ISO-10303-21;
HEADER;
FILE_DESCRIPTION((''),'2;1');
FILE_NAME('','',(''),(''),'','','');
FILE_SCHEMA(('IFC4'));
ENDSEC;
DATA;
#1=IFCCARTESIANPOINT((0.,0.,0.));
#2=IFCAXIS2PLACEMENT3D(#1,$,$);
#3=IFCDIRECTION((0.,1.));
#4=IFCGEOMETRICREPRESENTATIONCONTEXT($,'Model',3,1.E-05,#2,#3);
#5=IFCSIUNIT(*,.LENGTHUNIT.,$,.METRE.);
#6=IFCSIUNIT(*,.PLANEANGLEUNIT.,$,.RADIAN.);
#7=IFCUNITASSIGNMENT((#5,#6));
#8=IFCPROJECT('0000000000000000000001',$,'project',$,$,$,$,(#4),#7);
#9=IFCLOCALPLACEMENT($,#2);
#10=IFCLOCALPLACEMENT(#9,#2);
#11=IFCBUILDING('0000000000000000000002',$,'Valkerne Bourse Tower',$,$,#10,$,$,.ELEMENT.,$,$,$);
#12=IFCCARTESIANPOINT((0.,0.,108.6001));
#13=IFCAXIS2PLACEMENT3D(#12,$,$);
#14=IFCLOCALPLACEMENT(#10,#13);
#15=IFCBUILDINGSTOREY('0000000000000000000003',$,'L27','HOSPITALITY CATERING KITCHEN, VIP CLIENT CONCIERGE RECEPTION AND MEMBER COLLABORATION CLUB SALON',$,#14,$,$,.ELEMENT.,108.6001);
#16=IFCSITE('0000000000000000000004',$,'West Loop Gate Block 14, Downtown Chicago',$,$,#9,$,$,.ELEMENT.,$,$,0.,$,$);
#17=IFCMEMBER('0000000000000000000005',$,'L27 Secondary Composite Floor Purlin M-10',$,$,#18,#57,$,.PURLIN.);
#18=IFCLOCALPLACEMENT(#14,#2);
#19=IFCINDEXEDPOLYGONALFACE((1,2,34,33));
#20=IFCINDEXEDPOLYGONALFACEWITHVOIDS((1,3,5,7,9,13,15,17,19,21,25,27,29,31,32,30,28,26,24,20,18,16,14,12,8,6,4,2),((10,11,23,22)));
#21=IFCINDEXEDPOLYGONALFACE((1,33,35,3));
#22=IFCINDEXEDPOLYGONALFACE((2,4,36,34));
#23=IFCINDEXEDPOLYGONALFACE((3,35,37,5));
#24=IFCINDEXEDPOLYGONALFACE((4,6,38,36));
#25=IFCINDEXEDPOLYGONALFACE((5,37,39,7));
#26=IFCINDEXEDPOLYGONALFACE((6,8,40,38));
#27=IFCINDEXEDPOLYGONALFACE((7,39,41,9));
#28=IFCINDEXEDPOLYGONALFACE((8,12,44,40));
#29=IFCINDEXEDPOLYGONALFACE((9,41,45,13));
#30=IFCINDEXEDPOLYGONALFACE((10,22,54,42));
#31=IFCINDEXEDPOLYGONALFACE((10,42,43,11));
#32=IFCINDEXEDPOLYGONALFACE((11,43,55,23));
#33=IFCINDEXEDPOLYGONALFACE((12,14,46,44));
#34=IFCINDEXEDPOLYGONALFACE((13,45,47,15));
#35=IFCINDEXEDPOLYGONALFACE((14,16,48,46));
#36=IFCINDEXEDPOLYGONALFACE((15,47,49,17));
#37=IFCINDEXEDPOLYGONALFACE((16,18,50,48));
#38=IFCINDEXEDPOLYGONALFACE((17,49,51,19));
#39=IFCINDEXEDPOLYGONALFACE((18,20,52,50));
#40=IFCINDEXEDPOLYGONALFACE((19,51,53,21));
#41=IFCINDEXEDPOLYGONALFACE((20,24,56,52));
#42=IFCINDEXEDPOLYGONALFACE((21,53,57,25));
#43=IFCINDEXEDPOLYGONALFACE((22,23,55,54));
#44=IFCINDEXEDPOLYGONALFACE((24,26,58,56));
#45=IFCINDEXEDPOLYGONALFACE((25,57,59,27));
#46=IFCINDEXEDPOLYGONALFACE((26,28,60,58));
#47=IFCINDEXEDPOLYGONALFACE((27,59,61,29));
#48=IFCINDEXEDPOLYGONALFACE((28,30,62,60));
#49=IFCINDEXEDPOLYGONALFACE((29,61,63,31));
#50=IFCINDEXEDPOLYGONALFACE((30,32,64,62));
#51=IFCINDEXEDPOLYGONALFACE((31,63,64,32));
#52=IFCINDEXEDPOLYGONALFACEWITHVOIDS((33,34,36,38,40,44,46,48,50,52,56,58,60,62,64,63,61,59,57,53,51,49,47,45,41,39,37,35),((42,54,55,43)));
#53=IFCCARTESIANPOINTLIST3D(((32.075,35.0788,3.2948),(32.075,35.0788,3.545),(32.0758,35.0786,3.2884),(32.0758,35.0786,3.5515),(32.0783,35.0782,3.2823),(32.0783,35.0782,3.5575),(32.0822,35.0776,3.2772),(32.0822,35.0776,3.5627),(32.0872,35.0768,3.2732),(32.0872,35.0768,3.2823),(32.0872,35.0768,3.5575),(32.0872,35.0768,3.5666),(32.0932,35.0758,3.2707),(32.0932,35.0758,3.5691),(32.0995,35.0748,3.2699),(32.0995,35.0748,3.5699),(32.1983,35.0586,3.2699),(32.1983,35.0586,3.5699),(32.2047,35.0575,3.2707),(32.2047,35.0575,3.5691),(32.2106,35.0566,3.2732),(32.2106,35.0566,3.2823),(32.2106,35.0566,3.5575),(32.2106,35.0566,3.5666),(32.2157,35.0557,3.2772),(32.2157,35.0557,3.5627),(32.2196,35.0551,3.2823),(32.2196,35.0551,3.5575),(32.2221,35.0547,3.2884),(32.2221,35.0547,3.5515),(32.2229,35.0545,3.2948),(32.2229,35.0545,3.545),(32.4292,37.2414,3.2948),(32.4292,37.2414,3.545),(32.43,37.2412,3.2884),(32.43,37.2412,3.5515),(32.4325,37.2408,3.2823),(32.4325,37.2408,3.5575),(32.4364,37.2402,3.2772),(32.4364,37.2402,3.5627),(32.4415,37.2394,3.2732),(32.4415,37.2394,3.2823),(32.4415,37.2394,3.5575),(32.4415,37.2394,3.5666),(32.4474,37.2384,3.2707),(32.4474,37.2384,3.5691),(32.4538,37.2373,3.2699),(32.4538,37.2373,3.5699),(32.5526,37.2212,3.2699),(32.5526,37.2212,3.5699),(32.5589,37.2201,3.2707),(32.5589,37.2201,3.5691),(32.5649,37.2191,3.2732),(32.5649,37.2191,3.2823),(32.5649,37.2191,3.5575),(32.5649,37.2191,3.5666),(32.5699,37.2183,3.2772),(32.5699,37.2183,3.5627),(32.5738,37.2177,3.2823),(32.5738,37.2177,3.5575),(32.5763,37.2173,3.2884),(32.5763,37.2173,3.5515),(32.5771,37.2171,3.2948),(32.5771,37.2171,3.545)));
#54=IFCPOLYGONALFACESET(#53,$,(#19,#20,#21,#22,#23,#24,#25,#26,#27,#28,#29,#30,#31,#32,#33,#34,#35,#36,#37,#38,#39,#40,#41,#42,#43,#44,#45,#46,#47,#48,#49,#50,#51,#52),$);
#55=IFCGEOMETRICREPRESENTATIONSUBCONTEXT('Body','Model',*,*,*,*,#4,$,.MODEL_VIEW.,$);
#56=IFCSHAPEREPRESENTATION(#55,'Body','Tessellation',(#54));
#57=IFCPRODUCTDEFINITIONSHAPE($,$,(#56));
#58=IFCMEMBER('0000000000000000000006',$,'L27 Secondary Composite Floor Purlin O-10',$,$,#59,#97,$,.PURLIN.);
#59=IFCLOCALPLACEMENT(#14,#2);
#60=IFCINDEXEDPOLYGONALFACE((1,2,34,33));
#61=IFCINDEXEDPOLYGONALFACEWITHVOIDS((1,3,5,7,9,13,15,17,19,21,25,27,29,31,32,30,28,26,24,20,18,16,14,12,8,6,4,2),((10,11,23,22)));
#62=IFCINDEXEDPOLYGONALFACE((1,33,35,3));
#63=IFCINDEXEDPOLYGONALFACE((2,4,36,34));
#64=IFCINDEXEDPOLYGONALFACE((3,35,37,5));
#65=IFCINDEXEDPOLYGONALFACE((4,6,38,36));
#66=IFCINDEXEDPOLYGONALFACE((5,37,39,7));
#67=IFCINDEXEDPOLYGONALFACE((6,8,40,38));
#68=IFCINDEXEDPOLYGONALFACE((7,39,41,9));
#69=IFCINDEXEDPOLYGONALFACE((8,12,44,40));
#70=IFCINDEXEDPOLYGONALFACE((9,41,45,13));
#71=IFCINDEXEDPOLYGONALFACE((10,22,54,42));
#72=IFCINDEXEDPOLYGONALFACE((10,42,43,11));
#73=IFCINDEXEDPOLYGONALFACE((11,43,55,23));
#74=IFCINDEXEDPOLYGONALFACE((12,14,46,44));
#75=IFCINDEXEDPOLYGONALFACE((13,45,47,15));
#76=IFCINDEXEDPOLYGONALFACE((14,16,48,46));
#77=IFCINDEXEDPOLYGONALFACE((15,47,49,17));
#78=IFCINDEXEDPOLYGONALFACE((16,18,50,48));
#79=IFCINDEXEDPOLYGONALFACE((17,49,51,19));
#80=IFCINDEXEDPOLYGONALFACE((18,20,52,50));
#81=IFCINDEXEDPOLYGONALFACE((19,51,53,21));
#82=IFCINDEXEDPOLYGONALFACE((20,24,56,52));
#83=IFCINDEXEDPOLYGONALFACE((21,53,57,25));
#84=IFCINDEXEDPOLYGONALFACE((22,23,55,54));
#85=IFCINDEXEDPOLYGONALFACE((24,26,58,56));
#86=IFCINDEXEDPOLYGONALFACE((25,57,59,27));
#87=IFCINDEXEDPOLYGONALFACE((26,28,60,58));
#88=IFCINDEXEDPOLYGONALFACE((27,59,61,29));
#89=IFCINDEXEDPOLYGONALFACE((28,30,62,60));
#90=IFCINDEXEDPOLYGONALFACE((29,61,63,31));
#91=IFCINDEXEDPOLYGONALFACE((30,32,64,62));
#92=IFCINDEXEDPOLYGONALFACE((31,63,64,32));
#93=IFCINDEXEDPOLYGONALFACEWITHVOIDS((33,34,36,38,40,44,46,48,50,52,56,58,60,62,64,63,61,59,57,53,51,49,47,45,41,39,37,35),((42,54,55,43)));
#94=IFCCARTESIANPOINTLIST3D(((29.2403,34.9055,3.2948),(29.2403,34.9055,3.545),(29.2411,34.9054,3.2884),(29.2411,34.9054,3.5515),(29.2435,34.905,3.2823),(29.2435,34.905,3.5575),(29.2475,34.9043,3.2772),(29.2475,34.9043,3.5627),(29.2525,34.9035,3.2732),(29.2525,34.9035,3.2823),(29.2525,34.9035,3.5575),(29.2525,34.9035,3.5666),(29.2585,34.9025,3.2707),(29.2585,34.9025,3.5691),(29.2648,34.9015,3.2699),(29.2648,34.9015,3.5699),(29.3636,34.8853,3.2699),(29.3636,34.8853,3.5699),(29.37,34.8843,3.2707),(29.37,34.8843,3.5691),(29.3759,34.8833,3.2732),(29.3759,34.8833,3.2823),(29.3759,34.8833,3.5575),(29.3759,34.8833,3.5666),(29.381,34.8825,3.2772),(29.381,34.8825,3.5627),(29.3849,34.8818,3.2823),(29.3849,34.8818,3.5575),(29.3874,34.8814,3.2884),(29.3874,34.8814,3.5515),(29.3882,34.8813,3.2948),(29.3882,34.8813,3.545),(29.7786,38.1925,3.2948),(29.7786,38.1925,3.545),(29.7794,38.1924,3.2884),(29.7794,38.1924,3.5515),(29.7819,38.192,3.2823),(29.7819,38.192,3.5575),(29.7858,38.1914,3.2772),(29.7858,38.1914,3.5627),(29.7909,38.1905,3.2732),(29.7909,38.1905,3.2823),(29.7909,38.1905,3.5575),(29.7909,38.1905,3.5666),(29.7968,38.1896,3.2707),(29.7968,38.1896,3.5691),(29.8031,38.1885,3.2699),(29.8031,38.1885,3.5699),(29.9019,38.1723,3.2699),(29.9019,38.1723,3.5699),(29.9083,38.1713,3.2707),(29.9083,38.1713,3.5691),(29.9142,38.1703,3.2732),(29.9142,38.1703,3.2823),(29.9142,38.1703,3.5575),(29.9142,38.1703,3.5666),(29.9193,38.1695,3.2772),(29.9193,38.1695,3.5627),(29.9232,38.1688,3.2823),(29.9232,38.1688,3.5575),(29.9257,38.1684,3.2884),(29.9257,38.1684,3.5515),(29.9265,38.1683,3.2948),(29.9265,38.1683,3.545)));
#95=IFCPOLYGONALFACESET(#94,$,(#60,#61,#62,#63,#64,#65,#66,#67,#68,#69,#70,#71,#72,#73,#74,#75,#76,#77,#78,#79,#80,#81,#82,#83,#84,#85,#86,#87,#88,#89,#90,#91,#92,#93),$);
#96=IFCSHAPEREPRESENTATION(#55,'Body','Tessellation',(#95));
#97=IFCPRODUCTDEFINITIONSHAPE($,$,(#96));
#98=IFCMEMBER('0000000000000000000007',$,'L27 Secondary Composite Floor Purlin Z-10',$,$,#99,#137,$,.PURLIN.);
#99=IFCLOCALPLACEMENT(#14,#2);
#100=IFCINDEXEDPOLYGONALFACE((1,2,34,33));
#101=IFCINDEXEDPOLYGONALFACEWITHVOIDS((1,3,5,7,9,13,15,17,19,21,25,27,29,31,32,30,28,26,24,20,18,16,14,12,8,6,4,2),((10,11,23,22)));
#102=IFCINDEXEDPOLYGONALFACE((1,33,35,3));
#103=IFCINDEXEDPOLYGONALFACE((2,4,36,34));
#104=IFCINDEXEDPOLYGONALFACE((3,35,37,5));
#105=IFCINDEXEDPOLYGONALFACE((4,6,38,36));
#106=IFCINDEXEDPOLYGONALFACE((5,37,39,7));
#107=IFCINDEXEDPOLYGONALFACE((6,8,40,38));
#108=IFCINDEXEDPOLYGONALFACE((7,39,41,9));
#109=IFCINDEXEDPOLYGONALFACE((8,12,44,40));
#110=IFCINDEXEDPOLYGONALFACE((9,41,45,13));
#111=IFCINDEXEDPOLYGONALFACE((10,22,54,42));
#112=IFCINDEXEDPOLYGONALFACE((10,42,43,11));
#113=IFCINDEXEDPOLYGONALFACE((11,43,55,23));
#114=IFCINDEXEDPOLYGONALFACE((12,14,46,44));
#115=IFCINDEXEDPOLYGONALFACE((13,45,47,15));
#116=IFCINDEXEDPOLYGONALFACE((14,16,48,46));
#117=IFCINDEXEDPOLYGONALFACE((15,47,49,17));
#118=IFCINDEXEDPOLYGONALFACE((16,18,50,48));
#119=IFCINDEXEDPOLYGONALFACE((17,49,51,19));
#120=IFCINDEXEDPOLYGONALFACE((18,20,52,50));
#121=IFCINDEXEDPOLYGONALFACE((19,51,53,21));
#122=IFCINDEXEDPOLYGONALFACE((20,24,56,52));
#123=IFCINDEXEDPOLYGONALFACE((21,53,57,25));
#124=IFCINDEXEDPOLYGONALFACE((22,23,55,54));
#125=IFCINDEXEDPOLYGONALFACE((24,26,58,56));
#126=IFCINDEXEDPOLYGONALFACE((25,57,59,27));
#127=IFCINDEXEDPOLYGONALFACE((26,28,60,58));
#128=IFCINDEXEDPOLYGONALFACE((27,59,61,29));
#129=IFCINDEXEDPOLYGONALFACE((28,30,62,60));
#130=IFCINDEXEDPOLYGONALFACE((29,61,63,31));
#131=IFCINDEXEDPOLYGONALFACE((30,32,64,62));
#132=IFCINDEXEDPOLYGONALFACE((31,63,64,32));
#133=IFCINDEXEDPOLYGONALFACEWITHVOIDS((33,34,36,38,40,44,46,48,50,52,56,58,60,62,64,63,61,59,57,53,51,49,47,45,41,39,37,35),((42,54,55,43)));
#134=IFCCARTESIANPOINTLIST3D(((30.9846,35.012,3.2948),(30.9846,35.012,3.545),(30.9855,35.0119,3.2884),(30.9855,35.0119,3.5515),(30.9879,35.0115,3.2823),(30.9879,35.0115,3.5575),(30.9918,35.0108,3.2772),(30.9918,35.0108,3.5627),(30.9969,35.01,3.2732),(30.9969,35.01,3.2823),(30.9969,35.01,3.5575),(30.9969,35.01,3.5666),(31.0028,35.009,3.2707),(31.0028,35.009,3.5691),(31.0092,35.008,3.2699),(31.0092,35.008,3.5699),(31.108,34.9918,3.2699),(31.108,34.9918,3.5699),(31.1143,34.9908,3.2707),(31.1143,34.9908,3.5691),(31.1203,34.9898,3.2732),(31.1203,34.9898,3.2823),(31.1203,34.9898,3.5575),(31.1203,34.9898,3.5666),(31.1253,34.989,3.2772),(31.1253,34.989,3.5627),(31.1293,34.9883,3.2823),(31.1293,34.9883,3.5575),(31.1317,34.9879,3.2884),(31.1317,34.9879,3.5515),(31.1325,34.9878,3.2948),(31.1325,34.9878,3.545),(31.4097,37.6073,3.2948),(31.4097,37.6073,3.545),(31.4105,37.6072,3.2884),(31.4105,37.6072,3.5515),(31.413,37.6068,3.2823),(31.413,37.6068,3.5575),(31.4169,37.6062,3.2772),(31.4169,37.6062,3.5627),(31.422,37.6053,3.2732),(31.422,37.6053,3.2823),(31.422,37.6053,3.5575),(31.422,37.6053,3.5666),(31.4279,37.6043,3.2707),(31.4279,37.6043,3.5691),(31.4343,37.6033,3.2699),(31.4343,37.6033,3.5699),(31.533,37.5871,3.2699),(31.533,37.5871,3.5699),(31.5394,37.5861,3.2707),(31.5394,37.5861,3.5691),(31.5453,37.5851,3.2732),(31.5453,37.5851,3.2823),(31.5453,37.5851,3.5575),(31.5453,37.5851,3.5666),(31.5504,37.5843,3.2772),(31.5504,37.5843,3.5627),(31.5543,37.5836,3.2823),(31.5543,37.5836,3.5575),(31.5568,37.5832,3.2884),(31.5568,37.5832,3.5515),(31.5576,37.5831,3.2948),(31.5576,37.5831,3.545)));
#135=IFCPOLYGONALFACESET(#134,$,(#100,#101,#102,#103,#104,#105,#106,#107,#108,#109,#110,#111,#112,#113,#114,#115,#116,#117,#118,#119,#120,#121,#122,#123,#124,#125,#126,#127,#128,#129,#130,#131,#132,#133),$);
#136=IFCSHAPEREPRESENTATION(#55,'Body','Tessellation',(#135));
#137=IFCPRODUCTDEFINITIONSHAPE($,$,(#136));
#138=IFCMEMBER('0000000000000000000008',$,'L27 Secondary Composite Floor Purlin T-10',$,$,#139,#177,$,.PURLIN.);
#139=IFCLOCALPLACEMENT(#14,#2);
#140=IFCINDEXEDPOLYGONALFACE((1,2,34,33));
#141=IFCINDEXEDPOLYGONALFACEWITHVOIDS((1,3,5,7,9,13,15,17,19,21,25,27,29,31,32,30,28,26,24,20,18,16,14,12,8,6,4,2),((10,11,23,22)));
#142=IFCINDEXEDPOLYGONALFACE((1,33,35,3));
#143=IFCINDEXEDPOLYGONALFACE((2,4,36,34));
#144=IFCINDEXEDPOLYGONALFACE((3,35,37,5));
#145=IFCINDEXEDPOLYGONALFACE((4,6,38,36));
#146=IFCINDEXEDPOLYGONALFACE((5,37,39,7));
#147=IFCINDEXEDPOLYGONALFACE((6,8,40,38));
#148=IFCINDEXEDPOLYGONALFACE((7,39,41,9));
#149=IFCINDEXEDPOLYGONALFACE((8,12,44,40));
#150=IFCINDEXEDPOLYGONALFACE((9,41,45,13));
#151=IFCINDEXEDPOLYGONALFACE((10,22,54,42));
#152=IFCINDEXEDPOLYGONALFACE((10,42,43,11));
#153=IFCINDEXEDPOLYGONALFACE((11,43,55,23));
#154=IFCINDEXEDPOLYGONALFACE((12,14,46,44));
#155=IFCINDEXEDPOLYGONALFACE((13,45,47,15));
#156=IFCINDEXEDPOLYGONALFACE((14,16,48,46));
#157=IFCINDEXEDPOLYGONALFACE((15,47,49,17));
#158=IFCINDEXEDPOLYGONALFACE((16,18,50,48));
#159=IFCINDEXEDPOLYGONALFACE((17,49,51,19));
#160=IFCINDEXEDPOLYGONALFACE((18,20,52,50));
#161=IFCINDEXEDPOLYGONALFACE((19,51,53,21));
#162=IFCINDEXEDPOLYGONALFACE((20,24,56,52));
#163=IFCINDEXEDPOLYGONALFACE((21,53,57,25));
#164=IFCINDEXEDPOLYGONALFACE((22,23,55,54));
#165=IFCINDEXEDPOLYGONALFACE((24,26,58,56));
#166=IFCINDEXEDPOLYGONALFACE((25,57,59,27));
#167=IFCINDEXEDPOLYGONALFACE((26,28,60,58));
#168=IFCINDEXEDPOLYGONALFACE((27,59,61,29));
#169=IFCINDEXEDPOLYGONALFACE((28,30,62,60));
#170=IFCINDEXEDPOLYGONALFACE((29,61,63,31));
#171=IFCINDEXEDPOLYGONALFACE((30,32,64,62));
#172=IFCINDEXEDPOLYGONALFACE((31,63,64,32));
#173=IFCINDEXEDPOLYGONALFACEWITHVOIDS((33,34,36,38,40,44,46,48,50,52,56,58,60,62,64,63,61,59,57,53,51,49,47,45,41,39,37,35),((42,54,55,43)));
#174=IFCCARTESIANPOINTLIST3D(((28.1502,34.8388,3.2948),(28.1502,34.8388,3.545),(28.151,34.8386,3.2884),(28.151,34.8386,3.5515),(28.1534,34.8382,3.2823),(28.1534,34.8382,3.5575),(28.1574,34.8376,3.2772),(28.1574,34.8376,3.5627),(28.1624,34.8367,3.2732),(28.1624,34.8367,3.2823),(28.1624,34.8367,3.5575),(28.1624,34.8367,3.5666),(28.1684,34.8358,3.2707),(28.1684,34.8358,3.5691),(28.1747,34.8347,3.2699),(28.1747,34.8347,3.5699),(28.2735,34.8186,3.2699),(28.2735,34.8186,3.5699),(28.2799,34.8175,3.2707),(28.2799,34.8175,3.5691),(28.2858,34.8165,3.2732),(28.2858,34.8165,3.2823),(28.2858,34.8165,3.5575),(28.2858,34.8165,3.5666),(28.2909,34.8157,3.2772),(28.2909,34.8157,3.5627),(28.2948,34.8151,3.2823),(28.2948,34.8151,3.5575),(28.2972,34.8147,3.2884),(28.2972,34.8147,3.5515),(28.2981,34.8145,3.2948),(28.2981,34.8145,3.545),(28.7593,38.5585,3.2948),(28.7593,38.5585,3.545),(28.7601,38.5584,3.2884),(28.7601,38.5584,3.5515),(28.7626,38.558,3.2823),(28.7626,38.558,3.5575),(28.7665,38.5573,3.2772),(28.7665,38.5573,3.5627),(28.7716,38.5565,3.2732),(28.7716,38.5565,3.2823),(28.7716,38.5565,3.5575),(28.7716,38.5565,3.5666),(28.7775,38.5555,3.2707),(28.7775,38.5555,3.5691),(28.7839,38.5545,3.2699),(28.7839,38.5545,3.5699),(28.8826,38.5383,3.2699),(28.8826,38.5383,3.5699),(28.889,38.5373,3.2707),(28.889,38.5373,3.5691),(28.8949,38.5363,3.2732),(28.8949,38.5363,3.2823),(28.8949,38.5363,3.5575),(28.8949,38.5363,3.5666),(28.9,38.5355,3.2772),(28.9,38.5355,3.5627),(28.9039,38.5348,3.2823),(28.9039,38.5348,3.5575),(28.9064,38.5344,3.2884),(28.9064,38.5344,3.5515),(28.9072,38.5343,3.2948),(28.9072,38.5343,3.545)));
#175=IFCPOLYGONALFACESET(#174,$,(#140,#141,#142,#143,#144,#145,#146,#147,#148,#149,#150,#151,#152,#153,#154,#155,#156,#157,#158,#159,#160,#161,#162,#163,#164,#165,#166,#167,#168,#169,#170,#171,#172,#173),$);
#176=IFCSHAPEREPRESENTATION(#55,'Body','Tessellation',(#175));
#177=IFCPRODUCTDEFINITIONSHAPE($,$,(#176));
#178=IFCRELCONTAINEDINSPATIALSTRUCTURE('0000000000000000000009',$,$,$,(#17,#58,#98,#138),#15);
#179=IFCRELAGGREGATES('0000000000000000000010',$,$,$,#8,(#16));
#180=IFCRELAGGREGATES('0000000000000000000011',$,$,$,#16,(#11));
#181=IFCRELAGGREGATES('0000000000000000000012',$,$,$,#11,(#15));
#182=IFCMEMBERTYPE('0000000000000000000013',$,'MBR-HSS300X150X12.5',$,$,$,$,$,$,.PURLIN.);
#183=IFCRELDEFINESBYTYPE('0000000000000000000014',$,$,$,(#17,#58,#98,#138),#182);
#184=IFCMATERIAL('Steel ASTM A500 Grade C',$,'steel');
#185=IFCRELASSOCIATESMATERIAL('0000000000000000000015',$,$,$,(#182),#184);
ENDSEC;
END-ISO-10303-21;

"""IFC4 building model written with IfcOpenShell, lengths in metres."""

from ifc_helpers import new_model, si_unit, direction, frame, origin, origin_2d, place, context, subcontext, project, spatial, hollow_rectangle, extrude, material, material_profile, profile_set, type_object, element, save


model = new_model("IFC4")

# Units and contexts
model_context = context("Model", 3, precision=1e-05, world=origin(), true_north=direction((0.0, 1.0)))
body_context = subcontext(model_context, "Body", "Model", "MODEL_VIEW")
ifc_project = project(units=[si_unit("LENGTHUNIT", "METRE"), si_unit("PLANEANGLEUNIT", "RADIAN")], contexts=[model_context])

# Site, building, storey
site_placement = place(None, origin())
site = spatial("IfcSite", under=ifc_project, at=site_placement, Name="West Loop Gate Block 14, Downtown Chicago", CompositionType="ELEMENT", RefElevation=0.0)
building_placement = place(site_placement, origin())
building = spatial("IfcBuilding", under=site, at=building_placement, Name="Valkerne Bourse Tower", CompositionType="ELEMENT")
storey_placement = place(building_placement, frame((0.0, 0.0, 108.6001)))
storey = spatial("IfcBuildingStorey", under=building, at=storey_placement, Name="L27", Description="HOSPITALITY CATERING KITCHEN, VIP CLIENT CONCIERGE RECEPTION AND MEMBER COLLABORATION CLUB SALON", CompositionType="ELEMENT", Elevation=108.6001)

# Members
ifc_material_1 = material(Name="Steel ASTM A500 Grade C", Category="steel")
ifc_material_profile_1 = material_profile(ifc_material_1, hollow_rectangle(XDim=0.1499, YDim=0.3, WallThickness=0.0125, OuterFilletRadius=0.0249, at=origin_2d()), Name="HSS300X150X12.5")
ifc_profile_set_1 = profile_set([ifc_material_profile_1], Name="Steel ASTM A500 Grade C")
member_type_1 = type_object("IfcMemberType", Name="MBR-HSS300X150X12.5", PredefinedType="PURLIN", material=ifc_profile_set_1)
member_1_placement = place(storey_placement, frame((32.5032, 37.2292, 3.4199), z_axis=(-0.161652, -0.986848, 0.0), x_axis=(0.986848, -0.161652, 0.0)))
element("IfcMember", 1, at=member_1_placement, inside=storey, type_object=member_type_1, Name="L27 Secondary Composite Floor Purlin M-10", PredefinedType="PURLIN", context=body_context, shape_type="SweptSolid", body=[
    extrude(hollow_rectangle(XDim=0.1499, YDim=0.3, WallThickness=0.0125, OuterFilletRadius=0.0249, at=origin_2d()), origin(), (0.0, 0.0, 1.0), 2.1914),
])
member_2_placement = place(storey_placement, frame((29.8525, 38.1804, 3.4199), z_axis=(-0.161617, -0.986854, 0.0), x_axis=(0.986854, -0.161617, 0.0)))
element("IfcMember", 2, at=member_2_placement, inside=storey, type_object=member_type_1, Name="L27 Secondary Composite Floor Purlin O-10", PredefinedType="PURLIN", context=body_context, shape_type="SweptSolid", body=[
    extrude(hollow_rectangle(XDim=0.1499, YDim=0.3, WallThickness=0.0125, OuterFilletRadius=0.0249, at=origin_2d()), origin(), (0.0, 0.0, 1.0), 3.3308),
])
member_3_placement = place(storey_placement, frame((31.4836, 37.5952, 3.4199), z_axis=(-0.161628, -0.986852, 0.0), x_axis=(0.986852, -0.161628, 0.0)))
element("IfcMember", 3, at=member_3_placement, inside=storey, type_object=member_type_1, Name="L27 Secondary Composite Floor Purlin Z-10", PredefinedType="PURLIN", context=body_context, shape_type="SweptSolid", body=[
    extrude(hollow_rectangle(XDim=0.1499, YDim=0.3, WallThickness=0.0125, OuterFilletRadius=0.0249, at=origin_2d()), origin(), (0.0, 0.0, 1.0), 2.6299),
])
member_4_placement = place(storey_placement, frame((28.8333, 38.5464, 3.4199), z_axis=(-0.161604, -0.986856, 0.0), x_axis=(0.986856, -0.161604, 0.0)))
element("IfcMember", 4, at=member_4_placement, inside=storey, type_object=member_type_1, Name="L27 Secondary Composite Floor Purlin T-10", PredefinedType="PURLIN", context=body_context, shape_type="SweptSolid", body=[
    extrude(hollow_rectangle(XDim=0.1499, YDim=0.3, WallThickness=0.0125, OuterFilletRadius=0.0249, at=origin_2d()), origin(), (0.0, 0.0, 1.0), 3.7693),
])

save(model, "model.ifc")
